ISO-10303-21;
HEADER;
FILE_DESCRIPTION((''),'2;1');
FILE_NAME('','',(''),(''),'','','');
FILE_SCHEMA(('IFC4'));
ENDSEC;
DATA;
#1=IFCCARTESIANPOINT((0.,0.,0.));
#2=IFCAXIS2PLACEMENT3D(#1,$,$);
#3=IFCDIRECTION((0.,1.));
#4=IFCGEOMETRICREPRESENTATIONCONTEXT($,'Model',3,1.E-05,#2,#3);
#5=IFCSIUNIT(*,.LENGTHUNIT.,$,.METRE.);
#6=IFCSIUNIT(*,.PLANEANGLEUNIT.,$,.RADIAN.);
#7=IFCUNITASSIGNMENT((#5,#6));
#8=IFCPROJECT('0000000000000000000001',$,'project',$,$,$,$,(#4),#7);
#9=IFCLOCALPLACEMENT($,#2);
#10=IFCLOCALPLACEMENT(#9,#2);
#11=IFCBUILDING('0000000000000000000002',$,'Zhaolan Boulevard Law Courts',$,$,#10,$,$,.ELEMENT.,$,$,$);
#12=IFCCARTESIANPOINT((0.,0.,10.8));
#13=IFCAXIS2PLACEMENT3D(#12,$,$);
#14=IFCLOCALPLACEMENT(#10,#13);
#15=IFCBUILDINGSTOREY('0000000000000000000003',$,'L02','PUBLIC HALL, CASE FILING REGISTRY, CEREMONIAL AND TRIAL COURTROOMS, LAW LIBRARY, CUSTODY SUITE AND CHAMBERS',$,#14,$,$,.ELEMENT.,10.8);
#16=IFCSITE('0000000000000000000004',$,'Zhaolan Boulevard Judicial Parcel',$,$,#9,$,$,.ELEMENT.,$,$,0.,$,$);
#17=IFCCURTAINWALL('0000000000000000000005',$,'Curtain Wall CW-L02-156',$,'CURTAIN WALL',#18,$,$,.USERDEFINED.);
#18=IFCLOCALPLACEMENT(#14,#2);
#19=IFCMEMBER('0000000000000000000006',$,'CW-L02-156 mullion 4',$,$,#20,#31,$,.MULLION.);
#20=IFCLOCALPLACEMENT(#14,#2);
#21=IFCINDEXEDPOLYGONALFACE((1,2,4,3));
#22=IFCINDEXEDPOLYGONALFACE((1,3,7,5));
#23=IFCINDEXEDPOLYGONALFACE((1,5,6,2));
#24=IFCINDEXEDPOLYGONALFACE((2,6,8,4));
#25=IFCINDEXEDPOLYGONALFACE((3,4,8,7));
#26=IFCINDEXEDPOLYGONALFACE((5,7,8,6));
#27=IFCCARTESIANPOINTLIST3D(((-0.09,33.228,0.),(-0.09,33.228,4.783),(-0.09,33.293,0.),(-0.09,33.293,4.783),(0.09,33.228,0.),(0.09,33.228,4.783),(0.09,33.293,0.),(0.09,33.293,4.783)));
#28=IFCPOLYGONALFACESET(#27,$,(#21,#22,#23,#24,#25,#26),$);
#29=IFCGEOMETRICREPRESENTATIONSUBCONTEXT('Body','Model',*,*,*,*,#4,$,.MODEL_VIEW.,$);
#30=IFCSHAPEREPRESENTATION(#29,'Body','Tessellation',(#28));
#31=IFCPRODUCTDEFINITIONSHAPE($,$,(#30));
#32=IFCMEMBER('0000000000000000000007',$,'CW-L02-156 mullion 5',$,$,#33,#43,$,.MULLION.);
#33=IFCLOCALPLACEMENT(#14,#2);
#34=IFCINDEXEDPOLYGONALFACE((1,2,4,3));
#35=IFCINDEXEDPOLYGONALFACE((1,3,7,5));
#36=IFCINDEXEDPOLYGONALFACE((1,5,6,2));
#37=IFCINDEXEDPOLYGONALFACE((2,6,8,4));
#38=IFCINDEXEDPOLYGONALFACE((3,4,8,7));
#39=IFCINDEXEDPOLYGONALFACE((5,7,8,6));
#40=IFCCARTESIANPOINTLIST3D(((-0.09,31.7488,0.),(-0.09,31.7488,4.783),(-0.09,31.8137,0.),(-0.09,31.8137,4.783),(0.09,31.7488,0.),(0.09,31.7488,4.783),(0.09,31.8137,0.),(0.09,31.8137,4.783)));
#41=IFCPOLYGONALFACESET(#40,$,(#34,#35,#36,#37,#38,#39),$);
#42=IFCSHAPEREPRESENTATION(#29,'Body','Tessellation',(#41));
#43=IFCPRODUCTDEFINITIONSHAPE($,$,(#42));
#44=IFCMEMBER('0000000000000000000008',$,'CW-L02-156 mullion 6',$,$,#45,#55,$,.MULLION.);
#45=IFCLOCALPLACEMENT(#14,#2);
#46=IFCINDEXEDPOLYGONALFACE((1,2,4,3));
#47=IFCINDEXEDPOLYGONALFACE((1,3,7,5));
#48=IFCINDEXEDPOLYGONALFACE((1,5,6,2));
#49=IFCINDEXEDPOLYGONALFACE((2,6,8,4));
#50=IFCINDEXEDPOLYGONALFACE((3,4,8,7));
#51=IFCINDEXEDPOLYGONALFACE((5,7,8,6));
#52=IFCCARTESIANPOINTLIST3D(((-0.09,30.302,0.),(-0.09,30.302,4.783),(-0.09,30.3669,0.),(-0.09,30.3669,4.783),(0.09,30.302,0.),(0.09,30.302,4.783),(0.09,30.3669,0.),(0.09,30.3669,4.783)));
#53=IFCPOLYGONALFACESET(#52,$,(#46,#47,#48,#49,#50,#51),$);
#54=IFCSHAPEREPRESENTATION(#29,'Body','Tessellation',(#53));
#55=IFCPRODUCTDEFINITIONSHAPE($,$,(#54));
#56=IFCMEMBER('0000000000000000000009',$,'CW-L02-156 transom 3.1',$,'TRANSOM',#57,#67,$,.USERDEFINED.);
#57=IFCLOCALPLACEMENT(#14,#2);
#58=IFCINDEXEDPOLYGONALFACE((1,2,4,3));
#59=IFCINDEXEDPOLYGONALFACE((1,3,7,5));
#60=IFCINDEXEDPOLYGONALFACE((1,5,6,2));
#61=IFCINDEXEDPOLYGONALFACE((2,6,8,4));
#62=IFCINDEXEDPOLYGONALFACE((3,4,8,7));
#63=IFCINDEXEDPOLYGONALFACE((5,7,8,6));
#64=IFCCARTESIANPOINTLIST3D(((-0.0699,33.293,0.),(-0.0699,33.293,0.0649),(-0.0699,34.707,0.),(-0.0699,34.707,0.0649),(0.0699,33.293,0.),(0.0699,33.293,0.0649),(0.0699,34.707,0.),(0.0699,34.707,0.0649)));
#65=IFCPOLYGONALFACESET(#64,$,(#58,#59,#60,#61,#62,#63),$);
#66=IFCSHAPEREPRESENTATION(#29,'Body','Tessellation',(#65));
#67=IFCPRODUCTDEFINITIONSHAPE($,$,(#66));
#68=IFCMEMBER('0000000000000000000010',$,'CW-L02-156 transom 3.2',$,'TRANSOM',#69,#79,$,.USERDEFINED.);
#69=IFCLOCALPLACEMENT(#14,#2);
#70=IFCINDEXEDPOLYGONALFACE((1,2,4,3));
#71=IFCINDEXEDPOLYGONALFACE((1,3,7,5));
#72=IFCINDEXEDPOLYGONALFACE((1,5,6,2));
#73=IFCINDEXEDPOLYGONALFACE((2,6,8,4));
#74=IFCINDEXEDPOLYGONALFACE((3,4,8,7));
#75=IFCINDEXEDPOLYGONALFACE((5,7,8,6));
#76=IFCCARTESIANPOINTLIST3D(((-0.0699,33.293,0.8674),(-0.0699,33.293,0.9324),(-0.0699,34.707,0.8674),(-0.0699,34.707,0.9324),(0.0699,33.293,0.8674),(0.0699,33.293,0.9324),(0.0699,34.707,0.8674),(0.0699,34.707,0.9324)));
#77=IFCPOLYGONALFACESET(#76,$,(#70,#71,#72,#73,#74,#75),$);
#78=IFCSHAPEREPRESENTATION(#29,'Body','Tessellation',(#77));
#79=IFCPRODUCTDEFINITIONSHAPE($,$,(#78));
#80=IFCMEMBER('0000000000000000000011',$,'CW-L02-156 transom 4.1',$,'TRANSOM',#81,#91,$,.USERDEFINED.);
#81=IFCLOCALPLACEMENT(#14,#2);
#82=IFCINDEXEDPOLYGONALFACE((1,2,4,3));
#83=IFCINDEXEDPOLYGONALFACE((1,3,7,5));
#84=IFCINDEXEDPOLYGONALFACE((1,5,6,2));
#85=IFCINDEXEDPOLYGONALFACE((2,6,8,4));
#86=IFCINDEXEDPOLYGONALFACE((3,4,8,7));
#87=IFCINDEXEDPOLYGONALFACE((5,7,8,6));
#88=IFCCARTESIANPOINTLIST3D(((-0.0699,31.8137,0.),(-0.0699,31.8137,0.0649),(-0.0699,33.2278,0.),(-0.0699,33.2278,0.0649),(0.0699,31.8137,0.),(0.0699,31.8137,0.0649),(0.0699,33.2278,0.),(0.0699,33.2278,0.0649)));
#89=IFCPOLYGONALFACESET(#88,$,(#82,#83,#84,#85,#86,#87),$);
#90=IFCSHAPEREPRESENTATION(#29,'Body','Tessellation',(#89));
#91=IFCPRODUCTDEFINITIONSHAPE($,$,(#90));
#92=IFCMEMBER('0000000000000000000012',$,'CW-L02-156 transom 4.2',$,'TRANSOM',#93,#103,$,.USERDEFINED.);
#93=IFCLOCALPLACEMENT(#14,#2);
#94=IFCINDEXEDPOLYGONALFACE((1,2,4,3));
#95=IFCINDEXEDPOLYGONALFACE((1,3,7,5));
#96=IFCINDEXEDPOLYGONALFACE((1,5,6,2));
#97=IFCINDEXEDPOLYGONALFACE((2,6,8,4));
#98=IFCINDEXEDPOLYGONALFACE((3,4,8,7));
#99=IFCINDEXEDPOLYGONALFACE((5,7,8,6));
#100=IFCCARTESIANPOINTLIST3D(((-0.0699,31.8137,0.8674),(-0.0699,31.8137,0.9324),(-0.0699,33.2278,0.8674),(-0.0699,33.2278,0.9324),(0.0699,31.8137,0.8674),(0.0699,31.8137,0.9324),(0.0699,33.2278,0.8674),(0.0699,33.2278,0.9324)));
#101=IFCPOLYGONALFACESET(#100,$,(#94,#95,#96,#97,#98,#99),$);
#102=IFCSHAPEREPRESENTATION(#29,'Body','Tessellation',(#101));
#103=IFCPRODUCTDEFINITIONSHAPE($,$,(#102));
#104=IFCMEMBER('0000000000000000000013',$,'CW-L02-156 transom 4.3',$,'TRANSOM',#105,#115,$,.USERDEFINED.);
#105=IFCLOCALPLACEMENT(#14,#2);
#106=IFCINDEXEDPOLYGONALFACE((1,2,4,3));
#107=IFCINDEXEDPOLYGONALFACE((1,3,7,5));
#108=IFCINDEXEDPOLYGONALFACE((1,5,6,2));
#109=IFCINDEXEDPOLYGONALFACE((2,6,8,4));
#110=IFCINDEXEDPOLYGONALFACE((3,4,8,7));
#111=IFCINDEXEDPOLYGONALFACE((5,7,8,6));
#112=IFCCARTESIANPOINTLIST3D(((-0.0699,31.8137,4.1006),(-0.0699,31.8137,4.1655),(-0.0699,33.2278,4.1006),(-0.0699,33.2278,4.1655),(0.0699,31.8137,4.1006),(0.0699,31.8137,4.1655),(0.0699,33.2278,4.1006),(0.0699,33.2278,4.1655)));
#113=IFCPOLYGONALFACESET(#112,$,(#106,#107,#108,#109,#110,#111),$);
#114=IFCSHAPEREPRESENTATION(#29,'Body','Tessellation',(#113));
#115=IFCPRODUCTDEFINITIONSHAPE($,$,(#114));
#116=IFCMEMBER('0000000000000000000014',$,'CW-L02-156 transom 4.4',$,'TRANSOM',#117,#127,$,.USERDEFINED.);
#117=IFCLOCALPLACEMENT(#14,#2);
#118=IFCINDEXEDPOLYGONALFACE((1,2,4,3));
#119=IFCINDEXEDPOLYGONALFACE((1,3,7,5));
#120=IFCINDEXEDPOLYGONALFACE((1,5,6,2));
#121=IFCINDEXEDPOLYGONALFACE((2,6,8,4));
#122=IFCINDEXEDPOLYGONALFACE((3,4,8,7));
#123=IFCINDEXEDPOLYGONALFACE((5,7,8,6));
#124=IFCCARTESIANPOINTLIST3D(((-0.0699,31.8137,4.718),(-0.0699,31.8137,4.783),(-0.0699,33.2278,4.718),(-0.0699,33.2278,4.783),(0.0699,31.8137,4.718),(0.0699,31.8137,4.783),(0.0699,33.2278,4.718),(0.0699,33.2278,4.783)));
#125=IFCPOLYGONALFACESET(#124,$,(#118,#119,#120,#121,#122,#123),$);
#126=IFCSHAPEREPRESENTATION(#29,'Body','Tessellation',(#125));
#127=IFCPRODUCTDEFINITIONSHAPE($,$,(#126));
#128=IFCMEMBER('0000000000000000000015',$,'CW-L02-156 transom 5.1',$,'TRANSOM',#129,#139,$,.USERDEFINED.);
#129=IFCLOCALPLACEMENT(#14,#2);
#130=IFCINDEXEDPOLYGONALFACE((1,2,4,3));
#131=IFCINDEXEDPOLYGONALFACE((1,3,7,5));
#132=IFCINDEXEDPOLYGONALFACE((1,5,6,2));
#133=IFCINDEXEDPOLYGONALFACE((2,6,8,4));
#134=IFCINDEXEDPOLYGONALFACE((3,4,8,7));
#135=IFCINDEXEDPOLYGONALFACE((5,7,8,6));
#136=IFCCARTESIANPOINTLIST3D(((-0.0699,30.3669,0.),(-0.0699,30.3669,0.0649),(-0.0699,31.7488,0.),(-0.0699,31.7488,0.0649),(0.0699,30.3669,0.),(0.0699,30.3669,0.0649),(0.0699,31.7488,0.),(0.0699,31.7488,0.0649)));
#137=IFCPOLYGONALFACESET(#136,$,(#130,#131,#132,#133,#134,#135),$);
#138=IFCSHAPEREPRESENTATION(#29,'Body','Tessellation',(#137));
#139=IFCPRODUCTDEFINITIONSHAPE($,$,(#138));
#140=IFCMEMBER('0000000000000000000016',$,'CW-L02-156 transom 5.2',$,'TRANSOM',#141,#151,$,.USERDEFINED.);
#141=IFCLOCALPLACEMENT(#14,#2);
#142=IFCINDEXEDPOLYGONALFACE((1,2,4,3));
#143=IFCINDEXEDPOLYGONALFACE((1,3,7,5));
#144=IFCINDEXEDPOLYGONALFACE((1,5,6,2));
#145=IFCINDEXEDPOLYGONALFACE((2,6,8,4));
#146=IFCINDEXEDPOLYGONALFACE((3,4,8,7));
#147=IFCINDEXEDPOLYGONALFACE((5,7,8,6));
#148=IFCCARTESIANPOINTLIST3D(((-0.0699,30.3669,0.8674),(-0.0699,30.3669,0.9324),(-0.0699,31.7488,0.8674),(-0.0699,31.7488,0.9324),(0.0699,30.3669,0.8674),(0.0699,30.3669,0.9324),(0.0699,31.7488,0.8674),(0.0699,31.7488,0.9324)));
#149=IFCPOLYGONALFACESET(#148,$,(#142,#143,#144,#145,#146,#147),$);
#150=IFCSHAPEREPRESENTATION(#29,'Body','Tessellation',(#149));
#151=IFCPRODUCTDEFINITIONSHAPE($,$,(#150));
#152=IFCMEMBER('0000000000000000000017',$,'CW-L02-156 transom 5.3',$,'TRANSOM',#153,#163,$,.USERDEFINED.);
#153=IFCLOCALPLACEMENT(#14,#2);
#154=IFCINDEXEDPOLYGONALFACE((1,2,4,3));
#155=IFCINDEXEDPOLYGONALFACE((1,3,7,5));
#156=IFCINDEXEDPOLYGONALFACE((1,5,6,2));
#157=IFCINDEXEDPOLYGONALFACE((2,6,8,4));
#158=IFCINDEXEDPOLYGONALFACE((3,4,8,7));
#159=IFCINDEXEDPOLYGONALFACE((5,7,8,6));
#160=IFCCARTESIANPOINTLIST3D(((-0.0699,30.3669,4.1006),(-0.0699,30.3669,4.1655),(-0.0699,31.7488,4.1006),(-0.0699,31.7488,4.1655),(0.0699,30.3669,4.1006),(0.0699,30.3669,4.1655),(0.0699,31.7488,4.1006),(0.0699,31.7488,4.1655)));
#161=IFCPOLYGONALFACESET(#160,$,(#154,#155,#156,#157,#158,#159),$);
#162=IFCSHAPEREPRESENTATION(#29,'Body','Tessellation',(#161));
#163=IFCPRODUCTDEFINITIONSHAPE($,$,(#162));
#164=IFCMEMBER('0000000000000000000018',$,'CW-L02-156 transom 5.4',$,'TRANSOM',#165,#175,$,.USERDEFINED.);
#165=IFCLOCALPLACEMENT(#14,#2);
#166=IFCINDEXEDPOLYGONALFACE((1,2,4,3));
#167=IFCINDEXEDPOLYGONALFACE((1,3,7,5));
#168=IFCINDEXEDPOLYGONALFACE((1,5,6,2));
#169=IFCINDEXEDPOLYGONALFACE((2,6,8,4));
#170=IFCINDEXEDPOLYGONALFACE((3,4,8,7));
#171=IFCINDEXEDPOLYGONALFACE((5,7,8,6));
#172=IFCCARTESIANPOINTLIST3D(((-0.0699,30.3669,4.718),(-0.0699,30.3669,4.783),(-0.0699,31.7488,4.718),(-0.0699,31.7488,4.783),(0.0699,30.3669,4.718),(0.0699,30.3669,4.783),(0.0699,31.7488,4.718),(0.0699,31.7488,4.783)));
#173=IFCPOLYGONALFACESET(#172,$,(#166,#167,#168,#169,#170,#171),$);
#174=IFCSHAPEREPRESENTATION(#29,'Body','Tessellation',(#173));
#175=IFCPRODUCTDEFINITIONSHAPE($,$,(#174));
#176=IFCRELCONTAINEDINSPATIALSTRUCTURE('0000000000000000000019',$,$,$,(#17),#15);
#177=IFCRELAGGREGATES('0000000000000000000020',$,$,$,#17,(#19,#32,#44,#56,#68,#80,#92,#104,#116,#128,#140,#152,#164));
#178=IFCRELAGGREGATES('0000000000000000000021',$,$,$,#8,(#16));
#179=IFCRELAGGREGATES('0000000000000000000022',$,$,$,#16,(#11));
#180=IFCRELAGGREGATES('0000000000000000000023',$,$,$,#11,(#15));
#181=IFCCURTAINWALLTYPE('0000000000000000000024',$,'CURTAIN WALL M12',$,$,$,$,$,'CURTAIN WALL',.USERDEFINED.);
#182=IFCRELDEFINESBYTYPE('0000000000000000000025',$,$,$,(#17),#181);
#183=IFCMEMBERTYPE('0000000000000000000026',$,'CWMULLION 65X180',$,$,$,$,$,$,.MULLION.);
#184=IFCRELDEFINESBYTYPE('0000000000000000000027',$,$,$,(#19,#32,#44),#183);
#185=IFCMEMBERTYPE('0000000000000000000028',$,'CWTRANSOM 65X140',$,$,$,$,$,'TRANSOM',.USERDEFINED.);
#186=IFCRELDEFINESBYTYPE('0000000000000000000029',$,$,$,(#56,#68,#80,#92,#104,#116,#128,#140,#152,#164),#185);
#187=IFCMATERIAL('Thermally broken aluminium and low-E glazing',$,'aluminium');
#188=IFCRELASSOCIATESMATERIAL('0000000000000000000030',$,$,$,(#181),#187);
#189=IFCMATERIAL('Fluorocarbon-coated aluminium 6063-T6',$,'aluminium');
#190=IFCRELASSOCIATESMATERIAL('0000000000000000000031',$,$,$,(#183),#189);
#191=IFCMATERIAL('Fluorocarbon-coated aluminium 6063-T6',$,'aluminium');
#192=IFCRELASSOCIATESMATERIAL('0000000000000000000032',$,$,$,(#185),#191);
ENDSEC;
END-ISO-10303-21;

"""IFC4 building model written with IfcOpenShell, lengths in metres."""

from ifc_helpers import new_model, si_unit, direction, frame, origin, origin_2d, place, context, subcontext, project, spatial, rectangle, extrude, material, material_profile, profile_set, type_object, element, aggregate, save


model = new_model("IFC4")

# Units and contexts
model_context = context("Model", 3, precision=1e-05, world=origin(), true_north=direction((0.0, 1.0)))
body_context = subcontext(model_context, "Body", "Model", "MODEL_VIEW")
ifc_project = project(units=[si_unit("LENGTHUNIT", "METRE"), si_unit("PLANEANGLEUNIT", "RADIAN")], contexts=[model_context])

# Site, building, storey
site_placement = place(None, origin())
site = spatial("IfcSite", under=ifc_project, at=site_placement, Name="Zhaolan Boulevard Judicial Parcel", CompositionType="ELEMENT", RefElevation=0.0)
building_placement = place(site_placement, origin())
building = spatial("IfcBuilding", under=site, at=building_placement, Name="Zhaolan Boulevard Law Courts", CompositionType="ELEMENT")
storey_placement = place(building_placement, frame((0.0, 0.0, 10.8)))
storey = spatial("IfcBuildingStorey", under=building, at=storey_placement, Name="L02", Description="PUBLIC HALL, CASE FILING REGISTRY, CEREMONIAL AND TRIAL COURTROOMS, LAW LIBRARY, CUSTODY SUITE AND CHAMBERS", CompositionType="ELEMENT", Elevation=10.8)

# Curtain wall, members
ifc_material_1 = material(Name="Thermally broken aluminium and low-E glazing", Category="aluminium")
curtain_wall_type = type_object("IfcCurtainWallType", Name="CURTAIN WALL M12", ElementType="CURTAIN WALL", PredefinedType="USERDEFINED", material=ifc_material_1)
curtain_wall_placement = place(storey_placement, origin())
curtain_wall = element("IfcCurtainWall", 1, at=curtain_wall_placement, inside=storey, type_object=curtain_wall_type, Name="Curtain Wall CW-L02-156", ObjectType="CURTAIN WALL", PredefinedType="USERDEFINED")
ifc_material_2 = material(Name="Fluorocarbon-coated aluminium 6063-T6", Category="aluminium")
ifc_material_profile_1 = material_profile(ifc_material_2, rectangle(XDim=0.1799, YDim=0.0649, at=origin_2d()), Name="AL65x180")
ifc_profile_set_1 = profile_set([ifc_material_profile_1], Name="Fluorocarbon-coated aluminium 6063-T6")
member_type_1 = type_object("IfcMemberType", Name="CWMULLION 65X180", PredefinedType="MULLION", material=ifc_profile_set_1)
member_1_placement = place(storey_placement, frame((0.0, 33.2605, 0.0), z_axis=(0.0, 0.0, 1.0), x_axis=(1.0, 0.0, 0.0)))
member_1 = element("IfcMember", 2, at=member_1_placement, type_object=member_type_1, Name="CW-L02-156 mullion 4", PredefinedType="MULLION", context=body_context, shape_type="SweptSolid", body=[
    extrude(rectangle(XDim=0.1799, YDim=0.0649, at=origin_2d()), origin(), (0.0, 0.0, 1.0), 4.783),
])
member_2_placement = place(storey_placement, frame((0.0, 31.7812, 0.0), z_axis=(0.0, 0.0, 1.0), x_axis=(1.0, 0.0, 0.0)))
member_2 = element("IfcMember", 3, at=member_2_placement, type_object=member_type_1, Name="CW-L02-156 mullion 5", PredefinedType="MULLION", context=body_context, shape_type="SweptSolid", body=[
    extrude(rectangle(XDim=0.1799, YDim=0.0649, at=origin_2d()), origin(), (0.0, 0.0, 1.0), 4.783),
])
member_3_placement = place(storey_placement, frame((0.0, 30.3345, 0.0), z_axis=(0.0, 0.0, 1.0), x_axis=(1.0, 0.0, 0.0)))
member_3 = element("IfcMember", 4, at=member_3_placement, type_object=member_type_1, Name="CW-L02-156 mullion 6", PredefinedType="MULLION", context=body_context, shape_type="SweptSolid", body=[
    extrude(rectangle(XDim=0.1799, YDim=0.0649, at=origin_2d()), origin(), (0.0, 0.0, 1.0), 4.783),
])
ifc_material_3 = material(Name="Fluorocarbon-coated aluminium 6063-T6", Category="aluminium")
ifc_material_profile_2 = material_profile(ifc_material_3, rectangle(XDim=0.1399, YDim=0.0649, at=origin_2d()), Name="AL65x140")
ifc_profile_set_2 = profile_set([ifc_material_profile_2], Name="Fluorocarbon-coated aluminium 6063-T6")
member_type_2 = type_object("IfcMemberType", Name="CWTRANSOM 65X140", ElementType="TRANSOM", PredefinedType="USERDEFINED", material=ifc_profile_set_2)
member_4_placement = place(storey_placement, frame((0.0, 34.707, 0.0325), z_axis=(0.0, -1.0, 0.0), x_axis=(1.0, 0.0, 0.0)))
member_4 = element("IfcMember", 5, at=member_4_placement, type_object=member_type_2, Name="CW-L02-156 transom 3.1", ObjectType="TRANSOM", PredefinedType="USERDEFINED", context=body_context, shape_type="SweptSolid", body=[
    extrude(rectangle(XDim=0.1399, YDim=0.0649, at=origin_2d()), origin(), (0.0, 0.0, 1.0), 1.4141),
])
member_5_placement = place(storey_placement, frame((0.0, 34.707, 0.8999), z_axis=(0.0, -1.0, 0.0), x_axis=(1.0, 0.0, 0.0)))
member_5 = element("IfcMember", 6, at=member_5_placement, type_object=member_type_2, Name="CW-L02-156 transom 3.2", ObjectType="TRANSOM", PredefinedType="USERDEFINED", context=body_context, shape_type="SweptSolid", body=[
    extrude(rectangle(XDim=0.1399, YDim=0.0649, at=origin_2d()), origin(), (0.0, 0.0, 1.0), 1.4141),
])
member_6_placement = place(storey_placement, frame((0.0, 33.2278, 0.0325), z_axis=(0.0, -1.0, 0.0), x_axis=(1.0, 0.0, 0.0)))
member_6 = element("IfcMember", 7, at=member_6_placement, type_object=member_type_2, Name="CW-L02-156 transom 4.1", ObjectType="TRANSOM", PredefinedType="USERDEFINED", context=body_context, shape_type="SweptSolid", body=[
    extrude(rectangle(XDim=0.1399, YDim=0.0649, at=origin_2d()), origin(), (0.0, 0.0, 1.0), 1.4141),
])
member_7_placement = place(storey_placement, frame((0.0, 33.2278, 0.8999), z_axis=(0.0, -1.0, 0.0), x_axis=(1.0, 0.0, 0.0)))
member_7 = element("IfcMember", 8, at=member_7_placement, type_object=member_type_2, Name="CW-L02-156 transom 4.2", ObjectType="TRANSOM", PredefinedType="USERDEFINED", context=body_context, shape_type="SweptSolid", body=[
    extrude(rectangle(XDim=0.1399, YDim=0.0649, at=origin_2d()), origin(), (0.0, 0.0, 1.0), 1.4141),
])
member_8_placement = place(storey_placement, frame((0.0, 33.2278, 4.1331), z_axis=(0.0, -1.0, 0.0), x_axis=(1.0, 0.0, 0.0)))
member_8 = element("IfcMember", 9, at=member_8_placement, type_object=member_type_2, Name="CW-L02-156 transom 4.3", ObjectType="TRANSOM", PredefinedType="USERDEFINED", context=body_context, shape_type="SweptSolid", body=[
    extrude(rectangle(XDim=0.1399, YDim=0.0649, at=origin_2d()), origin(), (0.0, 0.0, 1.0), 1.4141),
])
member_9_placement = place(storey_placement, frame((0.0, 33.2278, 4.7505), z_axis=(0.0, -1.0, 0.0), x_axis=(1.0, 0.0, 0.0)))
member_9 = element("IfcMember", 10, at=member_9_placement, type_object=member_type_2, Name="CW-L02-156 transom 4.4", ObjectType="TRANSOM", PredefinedType="USERDEFINED", context=body_context, shape_type="SweptSolid", body=[
    extrude(rectangle(XDim=0.1399, YDim=0.0649, at=origin_2d()), origin(), (0.0, 0.0, 1.0), 1.4141),
])
member_10_placement = place(storey_placement, frame((0.0, 31.7488, 0.0325), z_axis=(0.0, -1.0, 0.0), x_axis=(1.0, 0.0, 0.0)))
member_10 = element("IfcMember", 11, at=member_10_placement, type_object=member_type_2, Name="CW-L02-156 transom 5.1", ObjectType="TRANSOM", PredefinedType="USERDEFINED", context=body_context, shape_type="SweptSolid", body=[
    extrude(rectangle(XDim=0.1399, YDim=0.0649, at=origin_2d()), origin(), (0.0, 0.0, 1.0), 1.3818),
])
member_11_placement = place(storey_placement, frame((0.0, 31.7488, 0.8999), z_axis=(0.0, -1.0, 0.0), x_axis=(1.0, 0.0, 0.0)))
member_11 = element("IfcMember", 12, at=member_11_placement, type_object=member_type_2, Name="CW-L02-156 transom 5.2", ObjectType="TRANSOM", PredefinedType="USERDEFINED", context=body_context, shape_type="SweptSolid", body=[
    extrude(rectangle(XDim=0.1399, YDim=0.0649, at=origin_2d()), origin(), (0.0, 0.0, 1.0), 1.3818),
])
member_12_placement = place(storey_placement, frame((0.0, 31.7488, 4.1331), z_axis=(0.0, -1.0, 0.0), x_axis=(1.0, 0.0, 0.0)))
member_12 = element("IfcMember", 13, at=member_12_placement, type_object=member_type_2, Name="CW-L02-156 transom 5.3", ObjectType="TRANSOM", PredefinedType="USERDEFINED", context=body_context, shape_type="SweptSolid", body=[
    extrude(rectangle(XDim=0.1399, YDim=0.0649, at=origin_2d()), origin(), (0.0, 0.0, 1.0), 1.3818),
])
member_13_placement = place(storey_placement, frame((0.0, 31.7488, 4.7505), z_axis=(0.0, -1.0, 0.0), x_axis=(1.0, 0.0, 0.0)))
member_13 = element("IfcMember", 14, at=member_13_placement, type_object=member_type_2, Name="CW-L02-156 transom 5.4", ObjectType="TRANSOM", PredefinedType="USERDEFINED", context=body_context, shape_type="SweptSolid", body=[
    extrude(rectangle(XDim=0.1399, YDim=0.0649, at=origin_2d()), origin(), (0.0, 0.0, 1.0), 1.3818),
])

aggregate(curtain_wall, [member_1, member_2, member_3, member_4, member_5, member_6, member_7, member_8, member_9, member_10, member_11, member_12, member_13])

save(model, "model.ifc")
